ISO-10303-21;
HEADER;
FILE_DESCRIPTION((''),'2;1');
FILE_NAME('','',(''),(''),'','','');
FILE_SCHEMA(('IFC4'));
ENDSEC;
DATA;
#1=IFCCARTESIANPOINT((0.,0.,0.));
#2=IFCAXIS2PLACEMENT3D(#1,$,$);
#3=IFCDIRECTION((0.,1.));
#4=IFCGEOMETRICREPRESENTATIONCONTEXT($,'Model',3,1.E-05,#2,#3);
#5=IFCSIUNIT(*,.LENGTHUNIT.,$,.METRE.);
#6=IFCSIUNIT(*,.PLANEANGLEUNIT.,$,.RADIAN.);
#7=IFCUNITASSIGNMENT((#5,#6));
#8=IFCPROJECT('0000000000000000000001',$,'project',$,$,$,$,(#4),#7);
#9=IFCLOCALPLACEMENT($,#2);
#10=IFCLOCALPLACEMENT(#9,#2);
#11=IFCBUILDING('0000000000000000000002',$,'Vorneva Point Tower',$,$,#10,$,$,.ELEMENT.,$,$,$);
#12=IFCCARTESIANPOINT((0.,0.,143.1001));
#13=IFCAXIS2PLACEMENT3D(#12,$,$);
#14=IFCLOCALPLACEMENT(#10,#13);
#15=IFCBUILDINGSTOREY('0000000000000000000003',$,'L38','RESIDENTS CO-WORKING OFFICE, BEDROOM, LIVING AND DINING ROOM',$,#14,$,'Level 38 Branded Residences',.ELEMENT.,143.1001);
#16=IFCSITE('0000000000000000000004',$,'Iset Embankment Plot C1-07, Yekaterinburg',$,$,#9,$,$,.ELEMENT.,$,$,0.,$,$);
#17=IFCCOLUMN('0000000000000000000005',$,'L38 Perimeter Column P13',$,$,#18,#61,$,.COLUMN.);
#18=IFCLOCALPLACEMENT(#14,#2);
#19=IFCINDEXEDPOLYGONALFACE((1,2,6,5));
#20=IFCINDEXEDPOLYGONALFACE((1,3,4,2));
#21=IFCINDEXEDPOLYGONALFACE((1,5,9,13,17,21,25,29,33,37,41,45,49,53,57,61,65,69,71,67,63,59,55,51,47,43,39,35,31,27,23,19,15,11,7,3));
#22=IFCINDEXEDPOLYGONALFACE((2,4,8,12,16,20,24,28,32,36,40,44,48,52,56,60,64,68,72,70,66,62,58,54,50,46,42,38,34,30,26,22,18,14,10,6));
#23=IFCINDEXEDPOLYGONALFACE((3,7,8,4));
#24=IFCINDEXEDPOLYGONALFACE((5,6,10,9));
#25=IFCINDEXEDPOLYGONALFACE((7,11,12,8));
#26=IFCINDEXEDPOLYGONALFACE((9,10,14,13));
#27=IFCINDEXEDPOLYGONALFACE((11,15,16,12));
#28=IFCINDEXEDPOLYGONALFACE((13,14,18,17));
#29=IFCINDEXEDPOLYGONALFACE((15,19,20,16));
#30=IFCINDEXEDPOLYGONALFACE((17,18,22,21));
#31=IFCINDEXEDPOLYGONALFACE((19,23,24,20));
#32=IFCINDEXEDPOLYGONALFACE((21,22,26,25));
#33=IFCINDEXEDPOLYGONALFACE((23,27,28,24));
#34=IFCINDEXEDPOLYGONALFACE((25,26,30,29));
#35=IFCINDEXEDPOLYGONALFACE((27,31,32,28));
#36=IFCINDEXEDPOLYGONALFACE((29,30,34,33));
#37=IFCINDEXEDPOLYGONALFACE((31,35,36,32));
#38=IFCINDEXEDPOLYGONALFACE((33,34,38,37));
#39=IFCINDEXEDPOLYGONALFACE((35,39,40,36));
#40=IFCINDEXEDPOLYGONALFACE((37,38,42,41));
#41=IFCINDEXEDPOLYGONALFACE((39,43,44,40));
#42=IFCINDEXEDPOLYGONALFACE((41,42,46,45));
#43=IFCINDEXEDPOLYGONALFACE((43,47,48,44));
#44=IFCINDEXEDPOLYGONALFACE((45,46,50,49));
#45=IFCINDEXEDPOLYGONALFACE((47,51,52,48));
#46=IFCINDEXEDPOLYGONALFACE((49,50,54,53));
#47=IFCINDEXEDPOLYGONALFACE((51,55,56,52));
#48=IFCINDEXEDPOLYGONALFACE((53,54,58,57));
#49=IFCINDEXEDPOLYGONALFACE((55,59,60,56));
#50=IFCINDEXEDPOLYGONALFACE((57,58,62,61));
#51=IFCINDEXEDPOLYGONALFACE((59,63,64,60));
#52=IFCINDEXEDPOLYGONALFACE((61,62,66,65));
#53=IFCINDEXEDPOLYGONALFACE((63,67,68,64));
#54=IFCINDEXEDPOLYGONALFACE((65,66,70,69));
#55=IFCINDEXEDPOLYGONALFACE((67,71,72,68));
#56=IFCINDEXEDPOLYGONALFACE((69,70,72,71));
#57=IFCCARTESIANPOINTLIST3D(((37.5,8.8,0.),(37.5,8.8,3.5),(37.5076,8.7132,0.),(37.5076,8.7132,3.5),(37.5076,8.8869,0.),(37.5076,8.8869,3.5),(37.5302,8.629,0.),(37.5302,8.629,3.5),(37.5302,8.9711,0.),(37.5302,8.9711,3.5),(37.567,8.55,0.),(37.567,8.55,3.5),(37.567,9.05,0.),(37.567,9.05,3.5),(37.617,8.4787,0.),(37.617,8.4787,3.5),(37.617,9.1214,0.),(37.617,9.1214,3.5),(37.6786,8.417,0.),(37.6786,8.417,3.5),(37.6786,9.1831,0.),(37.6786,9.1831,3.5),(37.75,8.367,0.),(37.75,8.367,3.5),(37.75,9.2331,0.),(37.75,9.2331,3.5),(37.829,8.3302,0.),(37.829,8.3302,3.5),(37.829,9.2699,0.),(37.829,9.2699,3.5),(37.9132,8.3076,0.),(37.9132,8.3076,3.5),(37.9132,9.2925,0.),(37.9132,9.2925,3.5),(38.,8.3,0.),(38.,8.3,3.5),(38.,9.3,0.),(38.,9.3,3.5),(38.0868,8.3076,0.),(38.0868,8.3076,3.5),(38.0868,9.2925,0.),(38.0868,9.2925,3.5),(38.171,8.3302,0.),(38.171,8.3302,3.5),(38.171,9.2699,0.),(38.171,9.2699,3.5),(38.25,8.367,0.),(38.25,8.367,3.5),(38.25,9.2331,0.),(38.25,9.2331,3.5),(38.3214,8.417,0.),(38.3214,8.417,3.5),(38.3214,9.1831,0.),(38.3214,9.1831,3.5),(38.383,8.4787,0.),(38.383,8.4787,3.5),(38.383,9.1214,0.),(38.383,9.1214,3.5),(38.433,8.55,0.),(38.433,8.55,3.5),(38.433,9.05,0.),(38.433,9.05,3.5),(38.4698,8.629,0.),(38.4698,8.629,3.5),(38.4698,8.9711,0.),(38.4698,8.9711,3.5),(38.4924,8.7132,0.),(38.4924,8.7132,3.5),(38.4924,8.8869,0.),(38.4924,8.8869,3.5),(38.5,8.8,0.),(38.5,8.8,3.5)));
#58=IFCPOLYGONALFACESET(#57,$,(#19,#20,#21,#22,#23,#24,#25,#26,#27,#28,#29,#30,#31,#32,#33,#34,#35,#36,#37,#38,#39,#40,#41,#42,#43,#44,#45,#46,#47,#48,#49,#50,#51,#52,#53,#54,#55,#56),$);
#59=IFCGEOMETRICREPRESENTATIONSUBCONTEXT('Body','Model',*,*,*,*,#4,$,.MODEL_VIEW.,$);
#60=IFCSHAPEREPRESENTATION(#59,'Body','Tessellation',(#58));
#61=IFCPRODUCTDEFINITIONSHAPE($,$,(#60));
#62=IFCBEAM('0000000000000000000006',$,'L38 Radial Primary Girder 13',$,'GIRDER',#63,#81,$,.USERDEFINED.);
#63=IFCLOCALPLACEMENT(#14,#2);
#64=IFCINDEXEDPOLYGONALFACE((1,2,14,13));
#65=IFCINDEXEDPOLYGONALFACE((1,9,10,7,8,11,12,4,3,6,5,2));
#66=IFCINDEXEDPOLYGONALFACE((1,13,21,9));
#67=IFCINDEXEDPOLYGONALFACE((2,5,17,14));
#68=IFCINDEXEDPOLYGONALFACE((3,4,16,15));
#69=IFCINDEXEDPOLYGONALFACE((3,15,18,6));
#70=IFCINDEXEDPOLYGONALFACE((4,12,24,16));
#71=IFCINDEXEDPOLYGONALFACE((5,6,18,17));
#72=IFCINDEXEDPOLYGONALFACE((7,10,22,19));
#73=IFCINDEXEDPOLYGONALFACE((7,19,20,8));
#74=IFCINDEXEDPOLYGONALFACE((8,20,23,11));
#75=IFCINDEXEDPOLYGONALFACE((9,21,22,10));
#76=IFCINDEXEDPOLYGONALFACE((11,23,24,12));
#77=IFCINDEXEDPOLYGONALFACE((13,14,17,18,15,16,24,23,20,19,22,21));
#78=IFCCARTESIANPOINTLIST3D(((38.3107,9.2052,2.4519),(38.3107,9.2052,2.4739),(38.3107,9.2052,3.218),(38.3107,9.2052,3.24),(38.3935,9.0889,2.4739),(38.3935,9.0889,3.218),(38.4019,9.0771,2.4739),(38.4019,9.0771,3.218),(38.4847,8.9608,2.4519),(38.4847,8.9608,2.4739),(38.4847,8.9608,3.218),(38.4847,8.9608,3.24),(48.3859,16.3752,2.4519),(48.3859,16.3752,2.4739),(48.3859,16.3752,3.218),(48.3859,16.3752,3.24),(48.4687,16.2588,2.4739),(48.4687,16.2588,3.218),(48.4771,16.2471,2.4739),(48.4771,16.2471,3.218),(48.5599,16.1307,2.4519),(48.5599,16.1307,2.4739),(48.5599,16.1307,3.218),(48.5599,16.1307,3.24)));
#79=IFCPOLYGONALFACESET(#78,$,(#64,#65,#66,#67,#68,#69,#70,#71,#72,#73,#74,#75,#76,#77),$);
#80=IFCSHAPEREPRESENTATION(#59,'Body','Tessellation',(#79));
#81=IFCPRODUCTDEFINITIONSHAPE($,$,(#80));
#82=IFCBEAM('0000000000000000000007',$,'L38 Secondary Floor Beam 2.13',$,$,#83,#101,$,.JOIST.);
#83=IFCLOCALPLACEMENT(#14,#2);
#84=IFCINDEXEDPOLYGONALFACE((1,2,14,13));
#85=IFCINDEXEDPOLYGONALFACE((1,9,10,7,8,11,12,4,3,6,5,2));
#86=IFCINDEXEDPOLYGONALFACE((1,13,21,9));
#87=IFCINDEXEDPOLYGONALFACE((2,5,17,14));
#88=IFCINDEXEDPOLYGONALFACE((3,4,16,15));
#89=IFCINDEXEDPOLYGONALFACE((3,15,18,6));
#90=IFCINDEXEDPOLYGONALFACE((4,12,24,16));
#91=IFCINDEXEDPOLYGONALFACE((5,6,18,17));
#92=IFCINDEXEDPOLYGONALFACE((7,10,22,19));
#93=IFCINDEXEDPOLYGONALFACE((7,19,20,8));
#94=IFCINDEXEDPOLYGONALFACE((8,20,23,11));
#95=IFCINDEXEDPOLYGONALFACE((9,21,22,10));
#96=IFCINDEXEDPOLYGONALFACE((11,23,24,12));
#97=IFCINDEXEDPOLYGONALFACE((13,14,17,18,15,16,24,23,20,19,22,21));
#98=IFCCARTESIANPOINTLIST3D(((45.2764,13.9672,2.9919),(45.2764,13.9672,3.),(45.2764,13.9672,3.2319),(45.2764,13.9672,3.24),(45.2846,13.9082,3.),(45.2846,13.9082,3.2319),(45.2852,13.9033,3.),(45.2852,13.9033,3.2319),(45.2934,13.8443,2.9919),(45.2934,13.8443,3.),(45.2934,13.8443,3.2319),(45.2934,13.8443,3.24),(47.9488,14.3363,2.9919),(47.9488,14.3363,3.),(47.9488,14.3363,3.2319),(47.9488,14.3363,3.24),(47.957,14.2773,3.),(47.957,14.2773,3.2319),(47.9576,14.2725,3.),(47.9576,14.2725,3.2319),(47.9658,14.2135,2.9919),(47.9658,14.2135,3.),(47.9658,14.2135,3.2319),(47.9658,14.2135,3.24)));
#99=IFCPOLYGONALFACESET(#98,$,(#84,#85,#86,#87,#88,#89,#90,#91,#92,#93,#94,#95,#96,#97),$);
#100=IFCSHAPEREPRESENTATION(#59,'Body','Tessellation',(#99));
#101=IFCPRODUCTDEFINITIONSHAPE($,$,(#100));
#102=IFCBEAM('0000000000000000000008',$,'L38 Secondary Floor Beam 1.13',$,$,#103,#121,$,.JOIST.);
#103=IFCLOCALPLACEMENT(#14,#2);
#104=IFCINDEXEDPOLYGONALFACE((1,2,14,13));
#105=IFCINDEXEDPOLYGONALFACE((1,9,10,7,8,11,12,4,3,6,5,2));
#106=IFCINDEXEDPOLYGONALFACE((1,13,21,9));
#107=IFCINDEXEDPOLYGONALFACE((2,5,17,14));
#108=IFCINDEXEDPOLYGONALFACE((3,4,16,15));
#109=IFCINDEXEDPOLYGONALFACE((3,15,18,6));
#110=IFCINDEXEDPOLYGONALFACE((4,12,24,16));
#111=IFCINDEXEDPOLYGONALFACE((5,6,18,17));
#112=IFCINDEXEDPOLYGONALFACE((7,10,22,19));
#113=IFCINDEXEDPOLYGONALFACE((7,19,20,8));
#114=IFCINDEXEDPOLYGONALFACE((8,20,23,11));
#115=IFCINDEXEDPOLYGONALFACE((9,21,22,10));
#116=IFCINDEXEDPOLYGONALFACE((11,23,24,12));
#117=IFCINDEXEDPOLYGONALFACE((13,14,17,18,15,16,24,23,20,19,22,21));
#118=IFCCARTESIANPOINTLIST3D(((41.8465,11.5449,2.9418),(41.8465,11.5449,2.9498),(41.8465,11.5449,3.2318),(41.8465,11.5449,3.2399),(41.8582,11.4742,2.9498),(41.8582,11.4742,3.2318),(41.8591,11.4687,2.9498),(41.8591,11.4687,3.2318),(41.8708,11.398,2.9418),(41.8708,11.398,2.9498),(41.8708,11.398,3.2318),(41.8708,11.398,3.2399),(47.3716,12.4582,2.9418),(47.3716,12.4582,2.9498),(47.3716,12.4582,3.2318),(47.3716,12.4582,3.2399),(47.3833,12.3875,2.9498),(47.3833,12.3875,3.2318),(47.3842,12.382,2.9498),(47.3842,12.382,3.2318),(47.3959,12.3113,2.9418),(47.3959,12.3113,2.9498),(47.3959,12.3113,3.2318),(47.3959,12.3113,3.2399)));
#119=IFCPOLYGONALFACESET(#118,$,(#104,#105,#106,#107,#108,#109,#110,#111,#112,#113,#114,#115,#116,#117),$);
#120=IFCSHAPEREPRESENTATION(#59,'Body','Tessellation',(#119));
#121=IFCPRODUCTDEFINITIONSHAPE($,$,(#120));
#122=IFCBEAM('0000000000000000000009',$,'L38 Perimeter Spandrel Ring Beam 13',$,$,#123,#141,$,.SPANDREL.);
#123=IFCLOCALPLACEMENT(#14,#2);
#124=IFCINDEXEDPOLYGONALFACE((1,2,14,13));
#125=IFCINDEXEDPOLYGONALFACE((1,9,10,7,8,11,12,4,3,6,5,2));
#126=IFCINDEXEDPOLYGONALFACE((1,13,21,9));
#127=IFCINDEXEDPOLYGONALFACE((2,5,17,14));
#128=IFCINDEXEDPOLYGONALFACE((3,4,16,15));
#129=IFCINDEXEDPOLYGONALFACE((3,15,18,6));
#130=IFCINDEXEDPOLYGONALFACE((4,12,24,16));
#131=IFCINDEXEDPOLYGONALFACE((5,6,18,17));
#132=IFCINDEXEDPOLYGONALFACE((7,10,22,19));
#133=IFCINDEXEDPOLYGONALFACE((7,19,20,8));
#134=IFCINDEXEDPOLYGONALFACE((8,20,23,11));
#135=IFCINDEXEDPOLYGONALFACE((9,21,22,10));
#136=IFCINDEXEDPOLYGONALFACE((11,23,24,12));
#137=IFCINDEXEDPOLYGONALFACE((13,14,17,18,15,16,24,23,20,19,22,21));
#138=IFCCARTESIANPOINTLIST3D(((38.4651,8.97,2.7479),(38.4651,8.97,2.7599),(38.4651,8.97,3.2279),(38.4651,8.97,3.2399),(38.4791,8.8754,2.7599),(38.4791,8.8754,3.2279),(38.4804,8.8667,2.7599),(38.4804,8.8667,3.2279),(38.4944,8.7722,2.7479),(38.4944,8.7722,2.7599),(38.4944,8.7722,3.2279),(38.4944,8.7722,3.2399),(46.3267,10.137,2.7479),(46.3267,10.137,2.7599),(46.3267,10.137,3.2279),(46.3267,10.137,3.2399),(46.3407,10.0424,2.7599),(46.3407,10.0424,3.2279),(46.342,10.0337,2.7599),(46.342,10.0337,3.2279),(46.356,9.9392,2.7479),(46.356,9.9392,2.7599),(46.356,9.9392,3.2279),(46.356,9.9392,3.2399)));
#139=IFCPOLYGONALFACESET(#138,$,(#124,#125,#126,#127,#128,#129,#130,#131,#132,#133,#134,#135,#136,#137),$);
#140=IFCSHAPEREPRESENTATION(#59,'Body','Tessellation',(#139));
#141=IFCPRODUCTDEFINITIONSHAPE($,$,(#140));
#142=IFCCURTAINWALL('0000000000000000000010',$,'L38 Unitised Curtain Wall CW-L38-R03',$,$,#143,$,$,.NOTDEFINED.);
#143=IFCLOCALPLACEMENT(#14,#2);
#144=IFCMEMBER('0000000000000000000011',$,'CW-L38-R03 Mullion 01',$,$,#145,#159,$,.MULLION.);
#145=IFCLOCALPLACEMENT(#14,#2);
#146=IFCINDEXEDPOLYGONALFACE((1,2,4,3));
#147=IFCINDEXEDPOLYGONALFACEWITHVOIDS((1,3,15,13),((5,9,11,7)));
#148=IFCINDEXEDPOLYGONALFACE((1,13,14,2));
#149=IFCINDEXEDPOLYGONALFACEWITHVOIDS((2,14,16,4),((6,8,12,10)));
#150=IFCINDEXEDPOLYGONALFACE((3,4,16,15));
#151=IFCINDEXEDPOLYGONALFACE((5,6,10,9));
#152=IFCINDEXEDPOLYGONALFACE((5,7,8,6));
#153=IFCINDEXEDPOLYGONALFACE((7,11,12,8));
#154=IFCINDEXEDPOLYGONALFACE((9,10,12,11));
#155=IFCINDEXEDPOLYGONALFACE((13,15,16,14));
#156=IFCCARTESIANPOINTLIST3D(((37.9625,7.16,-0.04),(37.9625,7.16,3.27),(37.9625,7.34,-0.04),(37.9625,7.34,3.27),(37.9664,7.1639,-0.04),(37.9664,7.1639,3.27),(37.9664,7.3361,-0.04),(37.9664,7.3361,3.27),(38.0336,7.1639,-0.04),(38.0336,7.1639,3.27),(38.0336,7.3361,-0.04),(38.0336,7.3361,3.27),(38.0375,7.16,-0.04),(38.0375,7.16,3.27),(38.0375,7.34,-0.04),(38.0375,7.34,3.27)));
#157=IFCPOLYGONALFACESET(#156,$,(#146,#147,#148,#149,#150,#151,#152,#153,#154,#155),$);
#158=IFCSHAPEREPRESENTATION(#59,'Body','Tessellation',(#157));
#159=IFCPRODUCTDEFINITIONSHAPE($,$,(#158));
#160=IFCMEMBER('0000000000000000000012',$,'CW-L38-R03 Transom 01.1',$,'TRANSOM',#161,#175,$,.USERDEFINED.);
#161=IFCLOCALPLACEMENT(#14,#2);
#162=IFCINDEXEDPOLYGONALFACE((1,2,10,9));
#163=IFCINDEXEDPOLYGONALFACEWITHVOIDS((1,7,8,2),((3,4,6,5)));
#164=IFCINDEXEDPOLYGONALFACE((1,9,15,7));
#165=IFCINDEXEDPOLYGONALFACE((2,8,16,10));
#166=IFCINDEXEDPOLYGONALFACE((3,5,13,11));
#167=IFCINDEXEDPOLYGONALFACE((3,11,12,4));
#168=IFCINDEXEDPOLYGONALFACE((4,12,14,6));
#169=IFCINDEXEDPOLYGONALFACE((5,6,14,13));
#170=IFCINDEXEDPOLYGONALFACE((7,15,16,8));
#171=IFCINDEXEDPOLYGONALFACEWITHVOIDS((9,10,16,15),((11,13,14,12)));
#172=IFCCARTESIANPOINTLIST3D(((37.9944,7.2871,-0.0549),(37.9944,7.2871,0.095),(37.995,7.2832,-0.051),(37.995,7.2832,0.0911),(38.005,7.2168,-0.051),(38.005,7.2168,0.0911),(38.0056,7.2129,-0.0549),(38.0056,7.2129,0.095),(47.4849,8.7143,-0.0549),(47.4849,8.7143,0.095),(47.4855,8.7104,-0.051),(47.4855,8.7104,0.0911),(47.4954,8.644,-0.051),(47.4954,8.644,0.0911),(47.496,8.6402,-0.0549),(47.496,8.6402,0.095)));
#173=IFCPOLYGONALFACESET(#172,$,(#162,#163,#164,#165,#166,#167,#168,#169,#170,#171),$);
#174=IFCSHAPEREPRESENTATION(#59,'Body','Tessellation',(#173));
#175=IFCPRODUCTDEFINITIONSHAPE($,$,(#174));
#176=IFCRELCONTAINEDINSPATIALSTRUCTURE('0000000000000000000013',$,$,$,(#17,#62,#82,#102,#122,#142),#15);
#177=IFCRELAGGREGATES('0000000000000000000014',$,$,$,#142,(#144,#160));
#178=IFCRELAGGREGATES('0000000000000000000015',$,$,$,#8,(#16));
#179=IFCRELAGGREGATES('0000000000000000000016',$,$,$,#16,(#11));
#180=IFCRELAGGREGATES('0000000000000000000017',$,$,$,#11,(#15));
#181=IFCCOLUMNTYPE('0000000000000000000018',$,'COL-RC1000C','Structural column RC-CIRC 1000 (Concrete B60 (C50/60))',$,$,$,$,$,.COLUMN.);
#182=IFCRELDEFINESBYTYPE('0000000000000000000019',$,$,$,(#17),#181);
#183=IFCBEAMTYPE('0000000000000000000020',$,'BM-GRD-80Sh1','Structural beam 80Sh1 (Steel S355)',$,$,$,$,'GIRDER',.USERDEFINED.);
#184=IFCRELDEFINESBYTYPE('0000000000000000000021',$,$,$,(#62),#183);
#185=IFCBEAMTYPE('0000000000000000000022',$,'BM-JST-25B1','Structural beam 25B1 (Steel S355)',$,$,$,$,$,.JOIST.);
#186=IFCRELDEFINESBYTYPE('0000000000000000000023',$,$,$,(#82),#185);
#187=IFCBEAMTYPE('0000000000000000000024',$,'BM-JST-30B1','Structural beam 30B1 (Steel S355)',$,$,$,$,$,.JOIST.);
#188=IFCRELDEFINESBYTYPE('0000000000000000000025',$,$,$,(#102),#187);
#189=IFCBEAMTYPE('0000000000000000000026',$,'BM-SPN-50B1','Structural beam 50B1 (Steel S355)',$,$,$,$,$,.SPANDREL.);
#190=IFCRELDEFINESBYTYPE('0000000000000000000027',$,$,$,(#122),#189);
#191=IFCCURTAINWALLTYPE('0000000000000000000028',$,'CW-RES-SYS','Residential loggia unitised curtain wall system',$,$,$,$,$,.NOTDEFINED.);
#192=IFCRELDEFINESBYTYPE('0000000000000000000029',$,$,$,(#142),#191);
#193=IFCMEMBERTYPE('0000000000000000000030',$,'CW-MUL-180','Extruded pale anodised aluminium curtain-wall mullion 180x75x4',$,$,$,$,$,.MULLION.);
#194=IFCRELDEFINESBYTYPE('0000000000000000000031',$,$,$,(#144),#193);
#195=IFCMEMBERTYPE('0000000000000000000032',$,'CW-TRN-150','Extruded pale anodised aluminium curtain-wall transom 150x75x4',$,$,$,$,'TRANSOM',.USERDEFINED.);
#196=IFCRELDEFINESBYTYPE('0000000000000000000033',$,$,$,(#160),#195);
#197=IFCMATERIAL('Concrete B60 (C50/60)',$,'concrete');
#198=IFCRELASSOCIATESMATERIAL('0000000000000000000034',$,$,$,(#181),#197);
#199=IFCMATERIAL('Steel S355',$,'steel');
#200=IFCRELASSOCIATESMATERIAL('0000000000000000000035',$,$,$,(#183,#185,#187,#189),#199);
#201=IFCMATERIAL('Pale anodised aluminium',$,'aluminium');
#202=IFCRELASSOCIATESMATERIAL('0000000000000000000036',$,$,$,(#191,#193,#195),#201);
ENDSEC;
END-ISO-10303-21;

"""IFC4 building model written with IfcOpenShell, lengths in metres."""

from ifc_helpers import new_model, si_unit, direction, frame, origin, origin_2d, place, context, subcontext, project, spatial, hollow_rectangle, circle, i_section, extrude, material, material_profile, profile_set, type_object, element, aggregate, save


model = new_model("IFC4")

# Units and contexts
model_context = context("Model", 3, precision=1e-05, world=origin(), true_north=direction((0.0, 1.0)))
body_context = subcontext(model_context, "Body", "Model", "MODEL_VIEW")
ifc_project = project(units=[si_unit("LENGTHUNIT", "METRE"), si_unit("PLANEANGLEUNIT", "RADIAN")], contexts=[model_context])

# Site, building, storey
site_placement = place(None, origin())
site = spatial("IfcSite", under=ifc_project, at=site_placement, Name="Iset Embankment Plot C1-07, Yekaterinburg", CompositionType="ELEMENT", RefElevation=0.0)
building_placement = place(site_placement, origin())
building = spatial("IfcBuilding", under=site, at=building_placement, Name="Vorneva Point Tower", CompositionType="ELEMENT")
storey_placement = place(building_placement, frame((0.0, 0.0, 143.1001)))
storey = spatial("IfcBuildingStorey", under=building, at=storey_placement, Name="L38", Description="RESIDENTS CO-WORKING OFFICE, BEDROOM, LIVING AND DINING ROOM", LongName="Level 38 Branded Residences", CompositionType="ELEMENT", Elevation=143.1001)

# Column
ifc_material_1 = material(Name="Concrete B60 (C50/60)", Category="concrete")
ifc_material_profile_1 = material_profile(ifc_material_1, circle(Radius=0.5, at=origin_2d()), Name="RC-CIRC 1000")
ifc_profile_set_1 = profile_set([ifc_material_profile_1], Name="Concrete B60 (C50/60)")
column_type = type_object("IfcColumnType", Name="COL-RC1000C", Description="Structural column RC-CIRC 1000 (Concrete B60 (C50/60))", PredefinedType="COLUMN", material=ifc_profile_set_1)
column_placement = place(storey_placement, frame((38.0, 8.8, 0.0), z_axis=(0.0, 0.0, 1.0), x_axis=(0.0, -1.0, 0.0)))
element("IfcColumn", 1, at=column_placement, inside=storey, type_object=column_type, Name="L38 Perimeter Column P13", PredefinedType="COLUMN", context=body_context, shape_type="SweptSolid", body=[
    extrude(circle(Radius=0.5, at=origin_2d()), origin(), (0.0, 0.0, 1.0), 3.5),
])

# Beams
ifc_material_2 = material(Name="Steel S355", Category="steel")
ifc_material_profile_2 = material_profile(ifc_material_2, i_section(OverallWidth=0.3, OverallDepth=0.7881, WebThickness=0.0144, FlangeThickness=0.022, at=origin_2d()), Name="80Sh1")
ifc_profile_set_2 = profile_set([ifc_material_profile_2], Name="Steel S355")
beam_type_1 = type_object("IfcBeamType", Name="BM-GRD-80Sh1", Description="Structural beam 80Sh1 (Steel S355)", ElementType="GIRDER", PredefinedType="USERDEFINED", material=ifc_profile_set_2)
beam_1_placement = place(storey_placement, frame((38.3977, 9.083, 2.8459), z_axis=(0.814751, 0.57981, 0.0), x_axis=(-0.57981, 0.814751, 0.0)))
element("IfcBeam", 2, at=beam_1_placement, inside=storey, type_object=beam_type_1, Name="L38 Radial Primary Girder 13", ObjectType="GIRDER", PredefinedType="USERDEFINED", context=body_context, shape_type="SweptSolid", body=[
    extrude(i_section(OverallWidth=0.3, OverallDepth=0.7881, WebThickness=0.0144, FlangeThickness=0.022, at=origin_2d()), origin(), (0.0, 0.0, 1.0), 12.366),
])
ifc_material_profile_3 = material_profile(ifc_material_2, i_section(OverallWidth=0.124, OverallDepth=0.248, WebThickness=0.0049, FlangeThickness=0.0081, at=origin_2d()), Name="25B1")
ifc_profile_set_3 = profile_set([ifc_material_profile_3], Name="Steel S355")
beam_type_2 = type_object("IfcBeamType", Name="BM-JST-25B1", Description="Structural beam 25B1 (Steel S355)", PredefinedType="JOIST", material=ifc_profile_set_3)
beam_2_placement = place(storey_placement, frame((45.2849, 13.9058, 3.116), z_axis=(0.990594, 0.136833, 0.0), x_axis=(-0.136833, 0.990594, 0.0)))
element("IfcBeam", 3, at=beam_2_placement, inside=storey, type_object=beam_type_2, Name="L38 Secondary Floor Beam 2.13", PredefinedType="JOIST", context=body_context, shape_type="SweptSolid", body=[
    extrude(i_section(OverallWidth=0.124, OverallDepth=0.248, WebThickness=0.0049, FlangeThickness=0.0081, at=origin_2d()), origin(), (0.0, 0.0, 1.0), 2.6978),
])
ifc_material_profile_4 = material_profile(ifc_material_2, i_section(OverallWidth=0.1489, OverallDepth=0.2981, WebThickness=0.0056, FlangeThickness=0.0081, at=origin_2d()), Name="30B1")
ifc_profile_set_4 = profile_set([ifc_material_profile_4], Name="Steel S355")
beam_type_3 = type_object("IfcBeamType", Name="BM-JST-30B1", Description="Structural beam 30B1 (Steel S355)", PredefinedType="JOIST", material=ifc_profile_set_4)
beam_3_placement = place(storey_placement, frame((41.8586, 11.4714, 3.0908), z_axis=(0.986611, 0.163091, 0.0), x_axis=(-0.163091, 0.986611, 0.0)))
element("IfcBeam", 4, at=beam_3_placement, inside=storey, type_object=beam_type_3, Name="L38 Secondary Floor Beam 1.13", PredefinedType="JOIST", context=body_context, shape_type="SweptSolid", body=[
    extrude(i_section(OverallWidth=0.1489, OverallDepth=0.2981, WebThickness=0.0056, FlangeThickness=0.0081, at=origin_2d()), origin(), (0.0, 0.0, 1.0), 5.6001),
])
ifc_material_profile_5 = material_profile(ifc_material_2, i_section(OverallWidth=0.2, OverallDepth=0.4919, WebThickness=0.0088, FlangeThickness=0.012, at=origin_2d()), Name="50B1")
ifc_profile_set_5 = profile_set([ifc_material_profile_5], Name="Steel S355")
beam_type_4 = type_object("IfcBeamType", Name="BM-SPN-50B1", Description="Structural beam 50B1 (Steel S355)", PredefinedType="SPANDREL", material=ifc_profile_set_5)
beam_4_placement = place(storey_placement, frame((38.4797, 8.8711, 2.9939), z_axis=(0.989161, 0.146834, 0.0), x_axis=(-0.146834, 0.989161, 0.0)))
element("IfcBeam", 5, at=beam_4_placement, inside=storey, type_object=beam_type_4, Name="L38 Perimeter Spandrel Ring Beam 13", PredefinedType="SPANDREL", context=body_context, shape_type="SweptSolid", body=[
    extrude(i_section(OverallWidth=0.2, OverallDepth=0.4919, WebThickness=0.0088, FlangeThickness=0.012, at=origin_2d()), origin(), (0.0, 0.0, 1.0), 7.9478),
])

# Curtain wall, members
ifc_material_3 = material(Name="Pale anodised aluminium", Category="aluminium")
curtain_wall_type = type_object("IfcCurtainWallType", Name="CW-RES-SYS", Description="Residential loggia unitised curtain wall system", PredefinedType="NOTDEFINED", material=ifc_material_3)
curtain_wall_placement = place(storey_placement, origin())
curtain_wall = element("IfcCurtainWall", 6, at=curtain_wall_placement, inside=storey, type_object=curtain_wall_type, Name="L38 Unitised Curtain Wall CW-L38-R03", PredefinedType="NOTDEFINED")
ifc_material_profile_6 = material_profile(ifc_material_3, hollow_rectangle(XDim=0.075, YDim=0.1799, WallThickness=0.0039, at=origin_2d()), Name="AL-MUL 180x75x4")
ifc_profile_set_6 = profile_set([ifc_material_profile_6], Name="Pale anodised aluminium")
member_type_1 = type_object("IfcMemberType", Name="CW-MUL-180", Description="Extruded pale anodised aluminium curtain-wall mullion 180x75x4", PredefinedType="MULLION", material=ifc_profile_set_6)
member_1_placement = place(storey_placement, frame((38.0, 7.25, -0.04), z_axis=(0.0, 0.0, 1.0), x_axis=(1.0, 0.0, 0.0)))
member_1 = element("IfcMember", 7, at=member_1_placement, type_object=member_type_1, Name="CW-L38-R03 Mullion 01", PredefinedType="MULLION", context=body_context, shape_type="SweptSolid", body=[
    extrude(hollow_rectangle(XDim=0.075, YDim=0.1799, WallThickness=0.0039, at=origin_2d()), origin(), (0.0, 0.0, 1.0), 3.3101),
])
ifc_material_profile_7 = material_profile(ifc_material_3, hollow_rectangle(XDim=0.075, YDim=0.1499, WallThickness=0.0039, at=origin_2d()), Name="AL-TRN 150x75x4")
ifc_profile_set_7 = profile_set([ifc_material_profile_7], Name="Pale anodised aluminium")
member_type_2 = type_object("IfcMemberType", Name="CW-TRN-150", Description="Extruded pale anodised aluminium curtain-wall transom 150x75x4", ElementType="TRANSOM", PredefinedType="USERDEFINED", material=ifc_profile_set_7)
member_2_placement = place(storey_placement, frame((38.0, 7.25, 0.02), z_axis=(0.98888, 0.148715, 0.0), x_axis=(-0.148715, 0.98888, 0.0)))
member_2 = element("IfcMember", 8, at=member_2_placement, type_object=member_type_2, Name="CW-L38-R03 Transom 01.1", ObjectType="TRANSOM", PredefinedType="USERDEFINED", context=body_context, shape_type="SweptSolid", body=[
    extrude(hollow_rectangle(XDim=0.075, YDim=0.1499, WallThickness=0.0039, at=origin_2d()), origin(), (0.0, 0.0, 1.0), 9.5972),
])
aggregate(curtain_wall, [member_1, member_2])

save(model, "model.ifc")
